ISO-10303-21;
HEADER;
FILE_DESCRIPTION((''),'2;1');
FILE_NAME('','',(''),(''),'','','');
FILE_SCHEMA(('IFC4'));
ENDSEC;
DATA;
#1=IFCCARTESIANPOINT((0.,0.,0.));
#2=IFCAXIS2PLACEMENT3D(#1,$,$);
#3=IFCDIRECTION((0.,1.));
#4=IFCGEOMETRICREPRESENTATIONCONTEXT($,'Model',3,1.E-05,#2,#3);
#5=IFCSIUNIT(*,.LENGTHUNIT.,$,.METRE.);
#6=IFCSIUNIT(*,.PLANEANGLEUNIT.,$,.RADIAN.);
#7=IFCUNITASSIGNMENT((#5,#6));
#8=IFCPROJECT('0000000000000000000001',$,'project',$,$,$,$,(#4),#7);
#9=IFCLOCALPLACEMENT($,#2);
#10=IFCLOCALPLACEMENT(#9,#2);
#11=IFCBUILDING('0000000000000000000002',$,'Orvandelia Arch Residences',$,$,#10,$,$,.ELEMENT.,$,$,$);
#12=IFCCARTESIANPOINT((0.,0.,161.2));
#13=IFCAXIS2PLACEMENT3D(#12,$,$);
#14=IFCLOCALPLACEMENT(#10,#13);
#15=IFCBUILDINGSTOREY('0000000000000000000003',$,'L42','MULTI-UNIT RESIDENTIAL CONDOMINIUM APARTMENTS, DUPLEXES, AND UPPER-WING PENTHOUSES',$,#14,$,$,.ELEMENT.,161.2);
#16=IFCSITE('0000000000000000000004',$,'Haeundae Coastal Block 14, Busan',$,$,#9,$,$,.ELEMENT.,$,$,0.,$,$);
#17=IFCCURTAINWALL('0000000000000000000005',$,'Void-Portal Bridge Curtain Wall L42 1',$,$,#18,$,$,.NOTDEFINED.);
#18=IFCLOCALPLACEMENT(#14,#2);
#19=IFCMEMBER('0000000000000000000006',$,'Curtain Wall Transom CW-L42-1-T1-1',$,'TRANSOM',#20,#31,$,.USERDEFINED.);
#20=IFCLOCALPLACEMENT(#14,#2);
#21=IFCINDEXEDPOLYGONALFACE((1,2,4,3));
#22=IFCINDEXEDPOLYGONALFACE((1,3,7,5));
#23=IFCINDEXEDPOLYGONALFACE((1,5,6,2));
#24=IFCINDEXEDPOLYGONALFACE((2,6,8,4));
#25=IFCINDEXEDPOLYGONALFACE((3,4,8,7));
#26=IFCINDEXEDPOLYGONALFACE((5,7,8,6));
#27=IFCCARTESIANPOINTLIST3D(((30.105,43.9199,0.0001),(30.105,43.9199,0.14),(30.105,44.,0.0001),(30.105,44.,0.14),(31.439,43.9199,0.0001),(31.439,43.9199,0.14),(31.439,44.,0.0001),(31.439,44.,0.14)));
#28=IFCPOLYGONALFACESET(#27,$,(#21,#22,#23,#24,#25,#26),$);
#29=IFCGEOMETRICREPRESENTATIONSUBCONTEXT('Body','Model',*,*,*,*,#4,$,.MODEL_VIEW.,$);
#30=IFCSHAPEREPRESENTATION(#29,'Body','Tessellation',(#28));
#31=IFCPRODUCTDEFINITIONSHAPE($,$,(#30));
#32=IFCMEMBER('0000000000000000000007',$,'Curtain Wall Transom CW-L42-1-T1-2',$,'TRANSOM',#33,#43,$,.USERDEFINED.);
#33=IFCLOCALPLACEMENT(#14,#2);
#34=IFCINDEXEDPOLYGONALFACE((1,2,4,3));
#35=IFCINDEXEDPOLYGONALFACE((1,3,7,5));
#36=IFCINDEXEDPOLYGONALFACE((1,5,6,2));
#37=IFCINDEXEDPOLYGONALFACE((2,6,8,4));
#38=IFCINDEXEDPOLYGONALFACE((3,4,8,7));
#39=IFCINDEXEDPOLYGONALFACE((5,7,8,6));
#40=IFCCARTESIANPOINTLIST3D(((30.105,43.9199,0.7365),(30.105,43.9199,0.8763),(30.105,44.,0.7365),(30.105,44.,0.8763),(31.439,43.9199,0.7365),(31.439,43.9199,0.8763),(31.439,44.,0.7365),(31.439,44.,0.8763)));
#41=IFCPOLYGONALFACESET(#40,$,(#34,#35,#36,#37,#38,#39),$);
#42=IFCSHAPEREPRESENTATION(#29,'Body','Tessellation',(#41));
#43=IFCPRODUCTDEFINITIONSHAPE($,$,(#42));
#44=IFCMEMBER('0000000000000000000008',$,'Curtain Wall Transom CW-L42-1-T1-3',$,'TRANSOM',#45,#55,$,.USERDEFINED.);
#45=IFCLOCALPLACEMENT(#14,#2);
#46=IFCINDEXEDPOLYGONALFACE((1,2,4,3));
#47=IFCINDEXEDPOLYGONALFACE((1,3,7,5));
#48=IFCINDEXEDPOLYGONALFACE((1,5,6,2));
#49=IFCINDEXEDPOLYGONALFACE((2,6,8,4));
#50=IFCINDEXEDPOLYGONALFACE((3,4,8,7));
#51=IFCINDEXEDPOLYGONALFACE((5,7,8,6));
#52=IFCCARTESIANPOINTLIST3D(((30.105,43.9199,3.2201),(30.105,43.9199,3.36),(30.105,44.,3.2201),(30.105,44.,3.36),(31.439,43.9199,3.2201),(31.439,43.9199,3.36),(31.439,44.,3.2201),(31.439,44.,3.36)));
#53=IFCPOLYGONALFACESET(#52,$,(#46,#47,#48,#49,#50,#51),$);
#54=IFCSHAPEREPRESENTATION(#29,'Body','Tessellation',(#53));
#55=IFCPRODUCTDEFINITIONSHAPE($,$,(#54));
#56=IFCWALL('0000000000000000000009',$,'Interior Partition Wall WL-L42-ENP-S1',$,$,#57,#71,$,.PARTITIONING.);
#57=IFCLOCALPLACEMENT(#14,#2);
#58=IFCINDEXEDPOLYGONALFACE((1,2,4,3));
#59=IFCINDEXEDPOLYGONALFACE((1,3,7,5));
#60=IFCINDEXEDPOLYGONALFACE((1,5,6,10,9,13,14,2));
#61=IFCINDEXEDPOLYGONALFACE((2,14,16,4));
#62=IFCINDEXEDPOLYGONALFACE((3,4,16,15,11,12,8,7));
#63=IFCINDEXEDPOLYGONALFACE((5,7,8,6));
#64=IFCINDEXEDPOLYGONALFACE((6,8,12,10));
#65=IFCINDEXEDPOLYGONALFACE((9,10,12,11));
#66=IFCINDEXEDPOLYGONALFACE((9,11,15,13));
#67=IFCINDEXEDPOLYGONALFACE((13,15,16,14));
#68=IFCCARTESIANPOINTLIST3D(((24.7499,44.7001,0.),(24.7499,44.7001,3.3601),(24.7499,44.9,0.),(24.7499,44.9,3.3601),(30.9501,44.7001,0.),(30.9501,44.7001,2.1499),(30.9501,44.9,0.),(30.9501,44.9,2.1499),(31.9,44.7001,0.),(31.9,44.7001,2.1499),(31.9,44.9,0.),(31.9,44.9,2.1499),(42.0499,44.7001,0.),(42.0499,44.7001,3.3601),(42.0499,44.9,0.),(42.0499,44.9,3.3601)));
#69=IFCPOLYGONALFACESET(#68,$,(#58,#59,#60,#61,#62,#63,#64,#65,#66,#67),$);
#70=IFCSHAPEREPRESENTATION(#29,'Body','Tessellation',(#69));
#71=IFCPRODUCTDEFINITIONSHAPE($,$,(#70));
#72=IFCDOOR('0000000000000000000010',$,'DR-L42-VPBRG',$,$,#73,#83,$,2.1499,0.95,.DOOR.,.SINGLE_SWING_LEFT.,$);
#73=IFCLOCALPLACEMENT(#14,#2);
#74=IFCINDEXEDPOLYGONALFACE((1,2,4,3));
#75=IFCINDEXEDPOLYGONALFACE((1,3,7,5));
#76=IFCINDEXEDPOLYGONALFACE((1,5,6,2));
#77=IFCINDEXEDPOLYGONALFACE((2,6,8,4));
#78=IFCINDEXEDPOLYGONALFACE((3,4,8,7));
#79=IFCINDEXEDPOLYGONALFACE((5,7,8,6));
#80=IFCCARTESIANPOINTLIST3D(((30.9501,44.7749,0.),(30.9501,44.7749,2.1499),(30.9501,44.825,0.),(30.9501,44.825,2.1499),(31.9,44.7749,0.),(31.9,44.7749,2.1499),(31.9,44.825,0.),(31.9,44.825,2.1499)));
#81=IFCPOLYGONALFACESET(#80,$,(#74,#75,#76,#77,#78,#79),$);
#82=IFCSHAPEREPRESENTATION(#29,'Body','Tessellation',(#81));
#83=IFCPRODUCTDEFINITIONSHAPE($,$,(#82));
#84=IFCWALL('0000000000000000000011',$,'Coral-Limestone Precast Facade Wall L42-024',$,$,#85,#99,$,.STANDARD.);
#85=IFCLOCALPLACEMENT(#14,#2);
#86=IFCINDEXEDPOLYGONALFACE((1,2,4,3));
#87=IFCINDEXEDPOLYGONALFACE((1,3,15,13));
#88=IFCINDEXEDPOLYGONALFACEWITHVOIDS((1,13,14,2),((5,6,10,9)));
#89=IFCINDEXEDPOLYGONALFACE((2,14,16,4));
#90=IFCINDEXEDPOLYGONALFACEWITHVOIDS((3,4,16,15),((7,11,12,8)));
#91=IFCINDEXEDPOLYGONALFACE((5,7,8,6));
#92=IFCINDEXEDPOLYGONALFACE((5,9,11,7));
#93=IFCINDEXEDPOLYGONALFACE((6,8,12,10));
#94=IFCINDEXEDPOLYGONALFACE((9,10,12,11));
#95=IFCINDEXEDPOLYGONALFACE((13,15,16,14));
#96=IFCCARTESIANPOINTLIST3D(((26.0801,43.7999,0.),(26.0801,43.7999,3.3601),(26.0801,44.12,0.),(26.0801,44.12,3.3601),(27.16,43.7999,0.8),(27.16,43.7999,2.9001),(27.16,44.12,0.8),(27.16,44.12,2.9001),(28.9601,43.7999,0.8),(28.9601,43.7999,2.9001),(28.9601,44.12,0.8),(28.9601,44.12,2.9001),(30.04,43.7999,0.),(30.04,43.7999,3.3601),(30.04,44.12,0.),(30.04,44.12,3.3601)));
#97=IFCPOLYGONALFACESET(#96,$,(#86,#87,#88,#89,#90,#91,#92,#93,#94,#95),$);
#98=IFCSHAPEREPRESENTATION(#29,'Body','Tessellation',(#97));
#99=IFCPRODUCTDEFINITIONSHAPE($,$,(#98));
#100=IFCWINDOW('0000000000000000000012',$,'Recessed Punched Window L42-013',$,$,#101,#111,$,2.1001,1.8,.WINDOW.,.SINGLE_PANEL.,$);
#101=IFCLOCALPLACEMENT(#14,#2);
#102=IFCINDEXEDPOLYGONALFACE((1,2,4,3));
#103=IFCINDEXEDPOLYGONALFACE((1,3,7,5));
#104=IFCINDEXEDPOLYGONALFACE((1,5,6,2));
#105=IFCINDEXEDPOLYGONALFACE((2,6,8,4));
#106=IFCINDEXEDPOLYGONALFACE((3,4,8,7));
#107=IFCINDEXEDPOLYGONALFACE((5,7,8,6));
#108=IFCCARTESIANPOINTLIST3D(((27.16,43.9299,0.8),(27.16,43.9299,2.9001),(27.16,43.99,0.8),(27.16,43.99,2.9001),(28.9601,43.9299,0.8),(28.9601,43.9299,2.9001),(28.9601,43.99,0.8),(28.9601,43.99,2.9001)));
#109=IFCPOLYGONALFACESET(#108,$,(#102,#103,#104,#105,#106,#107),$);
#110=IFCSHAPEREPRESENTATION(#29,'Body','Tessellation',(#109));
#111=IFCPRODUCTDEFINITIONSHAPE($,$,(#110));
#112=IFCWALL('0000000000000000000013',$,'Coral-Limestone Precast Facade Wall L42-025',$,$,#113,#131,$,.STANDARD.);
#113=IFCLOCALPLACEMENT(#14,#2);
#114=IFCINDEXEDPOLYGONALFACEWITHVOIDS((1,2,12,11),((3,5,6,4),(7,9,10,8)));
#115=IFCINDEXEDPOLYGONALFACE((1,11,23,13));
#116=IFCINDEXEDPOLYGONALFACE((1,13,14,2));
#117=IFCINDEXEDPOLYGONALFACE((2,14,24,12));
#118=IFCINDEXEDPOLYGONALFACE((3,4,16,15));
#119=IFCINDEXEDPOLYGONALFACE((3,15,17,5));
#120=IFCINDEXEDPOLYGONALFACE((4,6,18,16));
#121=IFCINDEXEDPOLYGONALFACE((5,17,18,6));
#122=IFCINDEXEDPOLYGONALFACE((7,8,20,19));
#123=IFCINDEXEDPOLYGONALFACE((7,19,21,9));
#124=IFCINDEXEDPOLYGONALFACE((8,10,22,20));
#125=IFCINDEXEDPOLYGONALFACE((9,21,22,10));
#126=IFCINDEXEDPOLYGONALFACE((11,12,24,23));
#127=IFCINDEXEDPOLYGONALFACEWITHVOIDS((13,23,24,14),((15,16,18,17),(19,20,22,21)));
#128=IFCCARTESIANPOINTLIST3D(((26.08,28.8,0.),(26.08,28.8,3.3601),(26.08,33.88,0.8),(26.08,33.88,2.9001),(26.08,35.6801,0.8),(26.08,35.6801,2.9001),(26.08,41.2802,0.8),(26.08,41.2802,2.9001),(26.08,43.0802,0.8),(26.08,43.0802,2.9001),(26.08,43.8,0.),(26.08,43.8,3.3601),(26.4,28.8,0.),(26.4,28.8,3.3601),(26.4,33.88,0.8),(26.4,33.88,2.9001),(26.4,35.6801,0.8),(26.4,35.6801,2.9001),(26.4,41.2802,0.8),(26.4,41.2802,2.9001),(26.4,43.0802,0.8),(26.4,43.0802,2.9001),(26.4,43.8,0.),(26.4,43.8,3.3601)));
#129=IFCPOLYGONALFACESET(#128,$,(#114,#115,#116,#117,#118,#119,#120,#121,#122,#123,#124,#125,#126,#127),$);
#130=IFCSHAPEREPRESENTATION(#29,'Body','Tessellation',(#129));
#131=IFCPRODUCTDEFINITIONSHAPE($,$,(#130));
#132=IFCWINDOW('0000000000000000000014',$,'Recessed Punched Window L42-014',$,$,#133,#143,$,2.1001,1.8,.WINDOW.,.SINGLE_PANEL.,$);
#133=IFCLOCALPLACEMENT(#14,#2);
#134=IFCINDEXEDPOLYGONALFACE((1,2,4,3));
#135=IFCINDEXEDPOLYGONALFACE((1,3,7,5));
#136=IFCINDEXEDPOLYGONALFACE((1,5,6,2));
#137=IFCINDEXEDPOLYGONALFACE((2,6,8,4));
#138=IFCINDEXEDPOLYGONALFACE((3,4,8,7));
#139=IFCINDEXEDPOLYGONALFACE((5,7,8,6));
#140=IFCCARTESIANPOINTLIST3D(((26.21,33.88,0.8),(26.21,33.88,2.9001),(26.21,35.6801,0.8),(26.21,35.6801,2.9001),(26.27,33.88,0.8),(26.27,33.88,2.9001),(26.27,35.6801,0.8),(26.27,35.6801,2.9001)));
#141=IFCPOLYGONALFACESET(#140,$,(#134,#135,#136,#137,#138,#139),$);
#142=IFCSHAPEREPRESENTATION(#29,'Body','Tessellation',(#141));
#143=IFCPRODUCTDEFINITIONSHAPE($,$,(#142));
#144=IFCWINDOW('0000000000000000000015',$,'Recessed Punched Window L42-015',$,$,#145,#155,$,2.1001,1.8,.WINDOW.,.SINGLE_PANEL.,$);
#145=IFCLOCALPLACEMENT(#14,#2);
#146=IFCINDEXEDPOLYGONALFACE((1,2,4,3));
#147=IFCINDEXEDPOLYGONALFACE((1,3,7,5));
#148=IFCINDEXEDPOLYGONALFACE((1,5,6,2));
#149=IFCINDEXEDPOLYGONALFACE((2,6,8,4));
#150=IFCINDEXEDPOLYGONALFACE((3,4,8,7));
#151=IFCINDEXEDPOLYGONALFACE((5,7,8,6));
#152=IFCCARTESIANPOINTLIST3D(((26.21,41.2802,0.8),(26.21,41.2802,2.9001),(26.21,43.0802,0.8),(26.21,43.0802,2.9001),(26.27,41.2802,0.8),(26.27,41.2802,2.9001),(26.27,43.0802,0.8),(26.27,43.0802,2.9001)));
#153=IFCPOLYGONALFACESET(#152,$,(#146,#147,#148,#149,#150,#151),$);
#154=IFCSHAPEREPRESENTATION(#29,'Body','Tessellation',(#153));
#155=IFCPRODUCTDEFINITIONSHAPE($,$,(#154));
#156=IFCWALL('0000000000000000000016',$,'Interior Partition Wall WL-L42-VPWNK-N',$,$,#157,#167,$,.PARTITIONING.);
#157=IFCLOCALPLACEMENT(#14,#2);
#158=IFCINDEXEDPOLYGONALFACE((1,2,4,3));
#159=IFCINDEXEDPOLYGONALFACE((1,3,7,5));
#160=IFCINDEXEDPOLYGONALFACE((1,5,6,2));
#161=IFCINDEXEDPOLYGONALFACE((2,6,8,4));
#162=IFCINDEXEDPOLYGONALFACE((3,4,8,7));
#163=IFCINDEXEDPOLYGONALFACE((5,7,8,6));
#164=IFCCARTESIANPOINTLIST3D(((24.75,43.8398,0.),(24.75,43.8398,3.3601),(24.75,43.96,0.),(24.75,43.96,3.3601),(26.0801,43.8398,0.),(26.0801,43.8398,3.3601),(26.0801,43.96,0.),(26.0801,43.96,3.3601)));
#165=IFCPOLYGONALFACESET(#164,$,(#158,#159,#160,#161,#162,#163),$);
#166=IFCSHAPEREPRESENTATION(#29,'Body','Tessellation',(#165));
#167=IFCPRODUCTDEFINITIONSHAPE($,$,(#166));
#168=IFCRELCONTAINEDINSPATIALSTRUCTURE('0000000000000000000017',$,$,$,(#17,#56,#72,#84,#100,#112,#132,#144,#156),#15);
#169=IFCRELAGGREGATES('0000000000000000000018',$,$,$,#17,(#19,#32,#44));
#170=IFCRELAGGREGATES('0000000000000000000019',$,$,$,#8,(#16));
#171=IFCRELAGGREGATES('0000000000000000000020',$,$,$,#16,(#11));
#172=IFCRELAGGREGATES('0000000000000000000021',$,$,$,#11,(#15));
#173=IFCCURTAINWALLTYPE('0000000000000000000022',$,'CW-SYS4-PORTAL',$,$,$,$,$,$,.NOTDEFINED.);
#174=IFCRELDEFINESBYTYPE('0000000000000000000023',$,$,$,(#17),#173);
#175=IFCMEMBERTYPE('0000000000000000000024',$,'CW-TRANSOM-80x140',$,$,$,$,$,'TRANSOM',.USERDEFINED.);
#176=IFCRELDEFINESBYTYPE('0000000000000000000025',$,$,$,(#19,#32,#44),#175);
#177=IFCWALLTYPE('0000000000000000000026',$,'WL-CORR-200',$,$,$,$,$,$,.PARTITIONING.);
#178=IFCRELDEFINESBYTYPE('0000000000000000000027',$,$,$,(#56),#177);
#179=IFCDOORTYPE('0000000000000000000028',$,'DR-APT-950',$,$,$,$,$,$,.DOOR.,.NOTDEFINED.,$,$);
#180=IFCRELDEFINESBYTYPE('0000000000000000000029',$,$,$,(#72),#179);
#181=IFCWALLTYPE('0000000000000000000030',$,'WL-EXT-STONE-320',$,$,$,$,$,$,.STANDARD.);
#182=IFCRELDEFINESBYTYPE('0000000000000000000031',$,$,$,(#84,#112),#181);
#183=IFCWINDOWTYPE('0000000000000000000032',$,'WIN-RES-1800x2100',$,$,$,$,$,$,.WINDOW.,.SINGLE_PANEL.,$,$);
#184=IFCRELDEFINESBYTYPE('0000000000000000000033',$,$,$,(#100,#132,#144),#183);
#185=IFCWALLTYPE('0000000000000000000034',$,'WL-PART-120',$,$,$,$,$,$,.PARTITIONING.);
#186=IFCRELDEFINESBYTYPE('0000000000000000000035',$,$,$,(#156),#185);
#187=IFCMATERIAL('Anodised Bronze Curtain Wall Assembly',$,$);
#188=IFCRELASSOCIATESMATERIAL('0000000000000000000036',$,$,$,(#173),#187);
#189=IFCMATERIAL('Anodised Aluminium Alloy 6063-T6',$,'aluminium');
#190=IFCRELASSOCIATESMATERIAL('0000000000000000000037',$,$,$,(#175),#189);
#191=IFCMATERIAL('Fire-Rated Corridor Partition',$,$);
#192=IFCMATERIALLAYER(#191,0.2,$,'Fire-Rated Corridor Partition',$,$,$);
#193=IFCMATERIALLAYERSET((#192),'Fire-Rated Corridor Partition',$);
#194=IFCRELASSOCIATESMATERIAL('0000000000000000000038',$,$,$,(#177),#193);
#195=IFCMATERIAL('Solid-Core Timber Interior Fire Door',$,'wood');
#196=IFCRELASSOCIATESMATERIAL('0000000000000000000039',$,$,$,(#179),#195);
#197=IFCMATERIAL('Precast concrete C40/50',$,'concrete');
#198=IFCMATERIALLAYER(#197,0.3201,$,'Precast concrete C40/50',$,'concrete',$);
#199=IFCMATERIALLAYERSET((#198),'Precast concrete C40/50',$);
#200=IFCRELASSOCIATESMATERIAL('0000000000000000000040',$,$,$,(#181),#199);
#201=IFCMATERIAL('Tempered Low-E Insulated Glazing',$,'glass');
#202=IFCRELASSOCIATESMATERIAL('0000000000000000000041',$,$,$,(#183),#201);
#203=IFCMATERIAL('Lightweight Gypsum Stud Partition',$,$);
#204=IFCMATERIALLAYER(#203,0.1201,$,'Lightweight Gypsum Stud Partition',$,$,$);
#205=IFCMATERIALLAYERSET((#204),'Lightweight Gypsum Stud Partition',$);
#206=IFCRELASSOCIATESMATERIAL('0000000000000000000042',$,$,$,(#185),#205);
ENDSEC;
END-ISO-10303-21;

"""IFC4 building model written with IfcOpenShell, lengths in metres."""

from ifc_helpers import new_model, si_unit, direction, frame, frame_2d, origin, origin_2d, place, context, subcontext, project, spatial, rectangle, extrude, material, layer, layer_set, material_profile, profile_set, type_object, element, fill, aggregate, save


model = new_model("IFC4")

# Units and contexts
model_context = context("Model", 3, precision=1e-05, world=origin(), true_north=direction((0.0, 1.0)))
body_context = subcontext(model_context, "Body", "Model", "MODEL_VIEW")
ifc_project = project(units=[si_unit("LENGTHUNIT", "METRE"), si_unit("PLANEANGLEUNIT", "RADIAN")], contexts=[model_context])

# Site, building, storey
site_placement = place(None, origin())
site = spatial("IfcSite", under=ifc_project, at=site_placement, Name="Haeundae Coastal Block 14, Busan", CompositionType="ELEMENT", RefElevation=0.0)
building_placement = place(site_placement, origin())
building = spatial("IfcBuilding", under=site, at=building_placement, Name="Orvandelia Arch Residences", CompositionType="ELEMENT")
storey_placement = place(building_placement, frame((0.0, 0.0, 161.2)))
storey = spatial("IfcBuildingStorey", under=building, at=storey_placement, Name="L42", Description="MULTI-UNIT RESIDENTIAL CONDOMINIUM APARTMENTS, DUPLEXES, AND UPPER-WING PENTHOUSES", CompositionType="ELEMENT", Elevation=161.2)

# Curtain wall, members
ifc_material_1 = material(Name="Anodised Bronze Curtain Wall Assembly")
curtain_wall_type = type_object("IfcCurtainWallType", Name="CW-SYS4-PORTAL", PredefinedType="NOTDEFINED", material=ifc_material_1)
curtain_wall_placement = place(storey_placement, origin())
curtain_wall = element("IfcCurtainWall", 1, at=curtain_wall_placement, inside=storey, type_object=curtain_wall_type, Name="Void-Portal Bridge Curtain Wall L42 1", PredefinedType="NOTDEFINED")
ifc_material_2 = material(Name="Anodised Aluminium Alloy 6063-T6", Category="aluminium")
ifc_material_profile_1 = material_profile(ifc_material_2, rectangle(XDim=0.0801, YDim=0.1399, at=origin_2d()), Name="Anodised Aluminium Alloy 6063-T6", Category="aluminium")
ifc_profile_set_1 = profile_set([ifc_material_profile_1], Name="Anodised Aluminium Alloy 6063-T6")
member_type_1 = type_object("IfcMemberType", Name="CW-TRANSOM-80x140", ElementType="TRANSOM", PredefinedType="USERDEFINED", material=ifc_profile_set_1)
member_1_placement = place(storey_placement, frame((30.105, 43.96, 0.0701), z_axis=(1.0, 0.0, 0.0), x_axis=(0.0, 1.0, 0.0)))
member_1 = element("IfcMember", 2, at=member_1_placement, type_object=member_type_1, Name="Curtain Wall Transom CW-L42-1-T1-1", ObjectType="TRANSOM", PredefinedType="USERDEFINED", context=body_context, shape_type="SweptSolid", body=[
    extrude(rectangle(XDim=0.0801, YDim=0.1399, at=origin_2d()), origin(), (0.0, 0.0, 1.0), 1.334),
])
member_2_placement = place(storey_placement, frame((30.105, 43.96, 0.8064), z_axis=(1.0, 0.0, 0.0), x_axis=(0.0, 1.0, 0.0)))
member_2 = element("IfcMember", 3, at=member_2_placement, type_object=member_type_1, Name="Curtain Wall Transom CW-L42-1-T1-2", ObjectType="TRANSOM", PredefinedType="USERDEFINED", context=body_context, shape_type="SweptSolid", body=[
    extrude(rectangle(XDim=0.0801, YDim=0.1399, at=origin_2d()), origin(), (0.0, 0.0, 1.0), 1.334),
])
member_3_placement = place(storey_placement, frame((30.105, 43.96, 3.29), z_axis=(1.0, 0.0, 0.0), x_axis=(0.0, 1.0, 0.0)))
member_3 = element("IfcMember", 4, at=member_3_placement, type_object=member_type_1, Name="Curtain Wall Transom CW-L42-1-T1-3", ObjectType="TRANSOM", PredefinedType="USERDEFINED", context=body_context, shape_type="SweptSolid", body=[
    extrude(rectangle(XDim=0.0801, YDim=0.1399, at=origin_2d()), origin(), (0.0, 0.0, 1.0), 1.334),
])
aggregate(curtain_wall, [member_1, member_2, member_3])

# Wall, opening, door
ifc_material_3 = material(Name="Fire-Rated Corridor Partition")
ifc_layer_1 = layer(ifc_material_3, 0.2, Name="Fire-Rated Corridor Partition")
ifc_layer_set_1 = layer_set([ifc_layer_1], Name="Fire-Rated Corridor Partition")
wall_type_1 = type_object("IfcWallType", Name="WL-CORR-200", PredefinedType="PARTITIONING", material=ifc_layer_set_1)
wall_1_placement = place(storey_placement, frame((24.75, 44.8, 0.0), z_axis=(0.0, 0.0, 1.0), x_axis=(1.0, 0.0, 0.0)))
wall_1 = element("IfcWall", 5, at=wall_1_placement, inside=storey, type_object=wall_type_1, Name="Interior Partition Wall WL-L42-ENP-S1", PredefinedType="PARTITIONING", context=body_context, shape_type="SweptSolid", body=[
    extrude(rectangle(XDim=17.3, YDim=0.2, at=frame_2d((8.6499, 0.0))), origin(), (0.0, 0.0, 1.0), 3.3601),
])
opening_1_placement = place(wall_1_placement, frame((6.2, 0.0, 0.0)))
opening_1 = element("IfcOpeningElement", 6, at=opening_1_placement, cuts=wall_1, PredefinedType="OPENING", context=body_context, shape_type="SweptSolid", body=[
    extrude(rectangle(XDim=0.95, YDim=2.1499, at=frame_2d((0.4751, 1.075))), frame((0.0, 0.1099, 0.0), z_axis=(0.0, -1.0, 0.0), x_axis=(1.0, 0.0, 0.0)), (0.0, 0.0, 1.0), 0.22),
])
ifc_material_4 = material(Name="Solid-Core Timber Interior Fire Door", Category="wood")
door_type_1 = type_object("IfcDoorType", Name="DR-APT-950", OperationType="NOTDEFINED", PredefinedType="DOOR", material=ifc_material_4)
door_1_placement = place(opening_1_placement, origin())
door_1 = element("IfcDoor", 7, at=door_1_placement, inside=storey, type_object=door_type_1, Name="DR-L42-VPBRG", OperationType="SINGLE_SWING_LEFT", OverallHeight=2.1499, OverallWidth=0.95, PredefinedType="DOOR", context=body_context, shape_type="SweptSolid", body=[
    extrude(rectangle(XDim=0.95, YDim=2.1499, at=frame_2d((0.4751, 1.075))), frame((0.0, 0.0249, 0.0), z_axis=(0.0, -1.0, 0.0), x_axis=(1.0, 0.0, 0.0)), (0.0, 0.0, 1.0), 0.05),
])
fill(opening_1, door_1)

# Wall, opening, window
ifc_material_5 = material(Name="Precast concrete C40/50", Category="concrete")
ifc_layer_2 = layer(ifc_material_5, 0.3201, Name="Precast concrete C40/50", Category="concrete")
ifc_layer_set_2 = layer_set([ifc_layer_2], Name="Precast concrete C40/50")
wall_type_2 = type_object("IfcWallType", Name="WL-EXT-STONE-320", PredefinedType="STANDARD", material=ifc_layer_set_2)
wall_2_placement = place(storey_placement, frame((30.04, 43.96, 0.0), z_axis=(0.0, 0.0, 1.0), x_axis=(-1.0, 0.0, 0.0)))
wall_2 = element("IfcWall", 8, at=wall_2_placement, inside=storey, type_object=wall_type_2, Name="Coral-Limestone Precast Facade Wall L42-024", PredefinedType="STANDARD", context=body_context, shape_type="SweptSolid", body=[
    extrude(rectangle(XDim=3.96, YDim=0.3201, at=frame_2d((1.98, 0.0))), origin(), (0.0, 0.0, 1.0), 3.3601),
])
opening_2_placement = place(wall_2_placement, frame((1.0801, 0.0, 0.8)))
opening_2 = element("IfcOpeningElement", 9, at=opening_2_placement, cuts=wall_2, PredefinedType="OPENING", context=body_context, shape_type="SweptSolid", body=[
    extrude(rectangle(XDim=1.8, YDim=2.1001, at=frame_2d((0.8999, 1.05))), frame((0.0, 0.1699, 0.0), z_axis=(0.0, -1.0, 0.0), x_axis=(1.0, 0.0, 0.0)), (0.0, 0.0, 1.0), 0.3401),
])
ifc_material_6 = material(Name="Tempered Low-E Insulated Glazing", Category="glass")
window_type = type_object("IfcWindowType", Name="WIN-RES-1800x2100", PartitioningType="SINGLE_PANEL", PredefinedType="WINDOW", material=ifc_material_6)
window_1_placement = place(opening_2_placement, origin())
window_1 = element("IfcWindow", 10, at=window_1_placement, inside=storey, type_object=window_type, Name="Recessed Punched Window L42-013", OverallHeight=2.1001, OverallWidth=1.8, PartitioningType="SINGLE_PANEL", PredefinedType="WINDOW", context=body_context, shape_type="SweptSolid", body=[
    extrude(rectangle(XDim=1.8, YDim=2.1001, at=frame_2d((0.8999, 1.05))), frame((0.0, 0.03, 0.0), z_axis=(0.0, -1.0, 0.0), x_axis=(1.0, 0.0, 0.0)), (0.0, 0.0, 1.0), 0.0601),
])
fill(opening_2, window_1)

# Wall, openings, windows
wall_3_placement = place(storey_placement, frame((26.24, 43.8, 0.0), z_axis=(0.0, 0.0, 1.0), x_axis=(0.0, -1.0, 0.0)))
wall_3 = element("IfcWall", 11, at=wall_3_placement, inside=storey, type_object=wall_type_2, Name="Coral-Limestone Precast Facade Wall L42-025", PredefinedType="STANDARD", context=body_context, shape_type="SweptSolid", body=[
    extrude(rectangle(XDim=15.0, YDim=0.3201, at=frame_2d((7.5, 0.0))), origin(), (0.0, 0.0, 1.0), 3.3601),
])
opening_3_placement = place(wall_3_placement, frame((8.1201, 0.0, 0.8)))
opening_3 = element("IfcOpeningElement", 12, at=opening_3_placement, cuts=wall_3, PredefinedType="OPENING", context=body_context, shape_type="SweptSolid", body=[
    extrude(rectangle(XDim=1.8, YDim=2.1001, at=frame_2d((0.8999, 1.05))), frame((0.0, 0.1699, 0.0), z_axis=(0.0, -1.0, 0.0), x_axis=(1.0, 0.0, 0.0)), (0.0, 0.0, 1.0), 0.3401),
])
opening_4_placement = place(wall_3_placement, frame((0.72, 0.0, 0.8)))
opening_4 = element("IfcOpeningElement", 13, at=opening_4_placement, cuts=wall_3, PredefinedType="OPENING", context=body_context, shape_type="SweptSolid", body=[
    extrude(rectangle(XDim=1.8, YDim=2.1001, at=frame_2d((0.8999, 1.05))), frame((0.0, 0.1699, 0.0), z_axis=(0.0, -1.0, 0.0), x_axis=(1.0, 0.0, 0.0)), (0.0, 0.0, 1.0), 0.3401),
])
window_2_placement = place(opening_3_placement, origin())
window_2 = element("IfcWindow", 14, at=window_2_placement, inside=storey, type_object=window_type, Name="Recessed Punched Window L42-014", OverallHeight=2.1001, OverallWidth=1.8, PartitioningType="SINGLE_PANEL", PredefinedType="WINDOW", context=body_context, shape_type="SweptSolid", body=[
    extrude(rectangle(XDim=1.8, YDim=2.1001, at=frame_2d((0.8999, 1.05))), frame((0.0, 0.03, 0.0), z_axis=(0.0, -1.0, 0.0), x_axis=(1.0, 0.0, 0.0)), (0.0, 0.0, 1.0), 0.0601),
])
fill(opening_3, window_2)
window_3_placement = place(opening_4_placement, origin())
window_3 = element("IfcWindow", 15, at=window_3_placement, inside=storey, type_object=window_type, Name="Recessed Punched Window L42-015", OverallHeight=2.1001, OverallWidth=1.8, PartitioningType="SINGLE_PANEL", PredefinedType="WINDOW", context=body_context, shape_type="SweptSolid", body=[
    extrude(rectangle(XDim=1.8, YDim=2.1001, at=frame_2d((0.8999, 1.05))), frame((0.0, 0.03, 0.0), z_axis=(0.0, -1.0, 0.0), x_axis=(1.0, 0.0, 0.0)), (0.0, 0.0, 1.0), 0.0601),
])
fill(opening_4, window_3)

# Wall
ifc_material_7 = material(Name="Lightweight Gypsum Stud Partition")
ifc_layer_3 = layer(ifc_material_7, 0.1201, Name="Lightweight Gypsum Stud Partition")
ifc_layer_set_3 = layer_set([ifc_layer_3], Name="Lightweight Gypsum Stud Partition")
wall_type_3 = type_object("IfcWallType", Name="WL-PART-120", PredefinedType="PARTITIONING", material=ifc_layer_set_3)
wall_4_placement = place(storey_placement, frame((24.75, 43.8999, 0.0), z_axis=(0.0, 0.0, 1.0), x_axis=(1.0, 0.0, 0.0)))
element("IfcWall", 16, at=wall_4_placement, inside=storey, type_object=wall_type_3, Name="Interior Partition Wall WL-L42-VPWNK-N", PredefinedType="PARTITIONING", context=body_context, shape_type="SweptSolid", body=[
    extrude(rectangle(XDim=1.3301, YDim=0.1201, at=frame_2d((0.665, 0.0))), origin(), (0.0, 0.0, 1.0), 3.3601),
])

save(model, "model.ifc")
